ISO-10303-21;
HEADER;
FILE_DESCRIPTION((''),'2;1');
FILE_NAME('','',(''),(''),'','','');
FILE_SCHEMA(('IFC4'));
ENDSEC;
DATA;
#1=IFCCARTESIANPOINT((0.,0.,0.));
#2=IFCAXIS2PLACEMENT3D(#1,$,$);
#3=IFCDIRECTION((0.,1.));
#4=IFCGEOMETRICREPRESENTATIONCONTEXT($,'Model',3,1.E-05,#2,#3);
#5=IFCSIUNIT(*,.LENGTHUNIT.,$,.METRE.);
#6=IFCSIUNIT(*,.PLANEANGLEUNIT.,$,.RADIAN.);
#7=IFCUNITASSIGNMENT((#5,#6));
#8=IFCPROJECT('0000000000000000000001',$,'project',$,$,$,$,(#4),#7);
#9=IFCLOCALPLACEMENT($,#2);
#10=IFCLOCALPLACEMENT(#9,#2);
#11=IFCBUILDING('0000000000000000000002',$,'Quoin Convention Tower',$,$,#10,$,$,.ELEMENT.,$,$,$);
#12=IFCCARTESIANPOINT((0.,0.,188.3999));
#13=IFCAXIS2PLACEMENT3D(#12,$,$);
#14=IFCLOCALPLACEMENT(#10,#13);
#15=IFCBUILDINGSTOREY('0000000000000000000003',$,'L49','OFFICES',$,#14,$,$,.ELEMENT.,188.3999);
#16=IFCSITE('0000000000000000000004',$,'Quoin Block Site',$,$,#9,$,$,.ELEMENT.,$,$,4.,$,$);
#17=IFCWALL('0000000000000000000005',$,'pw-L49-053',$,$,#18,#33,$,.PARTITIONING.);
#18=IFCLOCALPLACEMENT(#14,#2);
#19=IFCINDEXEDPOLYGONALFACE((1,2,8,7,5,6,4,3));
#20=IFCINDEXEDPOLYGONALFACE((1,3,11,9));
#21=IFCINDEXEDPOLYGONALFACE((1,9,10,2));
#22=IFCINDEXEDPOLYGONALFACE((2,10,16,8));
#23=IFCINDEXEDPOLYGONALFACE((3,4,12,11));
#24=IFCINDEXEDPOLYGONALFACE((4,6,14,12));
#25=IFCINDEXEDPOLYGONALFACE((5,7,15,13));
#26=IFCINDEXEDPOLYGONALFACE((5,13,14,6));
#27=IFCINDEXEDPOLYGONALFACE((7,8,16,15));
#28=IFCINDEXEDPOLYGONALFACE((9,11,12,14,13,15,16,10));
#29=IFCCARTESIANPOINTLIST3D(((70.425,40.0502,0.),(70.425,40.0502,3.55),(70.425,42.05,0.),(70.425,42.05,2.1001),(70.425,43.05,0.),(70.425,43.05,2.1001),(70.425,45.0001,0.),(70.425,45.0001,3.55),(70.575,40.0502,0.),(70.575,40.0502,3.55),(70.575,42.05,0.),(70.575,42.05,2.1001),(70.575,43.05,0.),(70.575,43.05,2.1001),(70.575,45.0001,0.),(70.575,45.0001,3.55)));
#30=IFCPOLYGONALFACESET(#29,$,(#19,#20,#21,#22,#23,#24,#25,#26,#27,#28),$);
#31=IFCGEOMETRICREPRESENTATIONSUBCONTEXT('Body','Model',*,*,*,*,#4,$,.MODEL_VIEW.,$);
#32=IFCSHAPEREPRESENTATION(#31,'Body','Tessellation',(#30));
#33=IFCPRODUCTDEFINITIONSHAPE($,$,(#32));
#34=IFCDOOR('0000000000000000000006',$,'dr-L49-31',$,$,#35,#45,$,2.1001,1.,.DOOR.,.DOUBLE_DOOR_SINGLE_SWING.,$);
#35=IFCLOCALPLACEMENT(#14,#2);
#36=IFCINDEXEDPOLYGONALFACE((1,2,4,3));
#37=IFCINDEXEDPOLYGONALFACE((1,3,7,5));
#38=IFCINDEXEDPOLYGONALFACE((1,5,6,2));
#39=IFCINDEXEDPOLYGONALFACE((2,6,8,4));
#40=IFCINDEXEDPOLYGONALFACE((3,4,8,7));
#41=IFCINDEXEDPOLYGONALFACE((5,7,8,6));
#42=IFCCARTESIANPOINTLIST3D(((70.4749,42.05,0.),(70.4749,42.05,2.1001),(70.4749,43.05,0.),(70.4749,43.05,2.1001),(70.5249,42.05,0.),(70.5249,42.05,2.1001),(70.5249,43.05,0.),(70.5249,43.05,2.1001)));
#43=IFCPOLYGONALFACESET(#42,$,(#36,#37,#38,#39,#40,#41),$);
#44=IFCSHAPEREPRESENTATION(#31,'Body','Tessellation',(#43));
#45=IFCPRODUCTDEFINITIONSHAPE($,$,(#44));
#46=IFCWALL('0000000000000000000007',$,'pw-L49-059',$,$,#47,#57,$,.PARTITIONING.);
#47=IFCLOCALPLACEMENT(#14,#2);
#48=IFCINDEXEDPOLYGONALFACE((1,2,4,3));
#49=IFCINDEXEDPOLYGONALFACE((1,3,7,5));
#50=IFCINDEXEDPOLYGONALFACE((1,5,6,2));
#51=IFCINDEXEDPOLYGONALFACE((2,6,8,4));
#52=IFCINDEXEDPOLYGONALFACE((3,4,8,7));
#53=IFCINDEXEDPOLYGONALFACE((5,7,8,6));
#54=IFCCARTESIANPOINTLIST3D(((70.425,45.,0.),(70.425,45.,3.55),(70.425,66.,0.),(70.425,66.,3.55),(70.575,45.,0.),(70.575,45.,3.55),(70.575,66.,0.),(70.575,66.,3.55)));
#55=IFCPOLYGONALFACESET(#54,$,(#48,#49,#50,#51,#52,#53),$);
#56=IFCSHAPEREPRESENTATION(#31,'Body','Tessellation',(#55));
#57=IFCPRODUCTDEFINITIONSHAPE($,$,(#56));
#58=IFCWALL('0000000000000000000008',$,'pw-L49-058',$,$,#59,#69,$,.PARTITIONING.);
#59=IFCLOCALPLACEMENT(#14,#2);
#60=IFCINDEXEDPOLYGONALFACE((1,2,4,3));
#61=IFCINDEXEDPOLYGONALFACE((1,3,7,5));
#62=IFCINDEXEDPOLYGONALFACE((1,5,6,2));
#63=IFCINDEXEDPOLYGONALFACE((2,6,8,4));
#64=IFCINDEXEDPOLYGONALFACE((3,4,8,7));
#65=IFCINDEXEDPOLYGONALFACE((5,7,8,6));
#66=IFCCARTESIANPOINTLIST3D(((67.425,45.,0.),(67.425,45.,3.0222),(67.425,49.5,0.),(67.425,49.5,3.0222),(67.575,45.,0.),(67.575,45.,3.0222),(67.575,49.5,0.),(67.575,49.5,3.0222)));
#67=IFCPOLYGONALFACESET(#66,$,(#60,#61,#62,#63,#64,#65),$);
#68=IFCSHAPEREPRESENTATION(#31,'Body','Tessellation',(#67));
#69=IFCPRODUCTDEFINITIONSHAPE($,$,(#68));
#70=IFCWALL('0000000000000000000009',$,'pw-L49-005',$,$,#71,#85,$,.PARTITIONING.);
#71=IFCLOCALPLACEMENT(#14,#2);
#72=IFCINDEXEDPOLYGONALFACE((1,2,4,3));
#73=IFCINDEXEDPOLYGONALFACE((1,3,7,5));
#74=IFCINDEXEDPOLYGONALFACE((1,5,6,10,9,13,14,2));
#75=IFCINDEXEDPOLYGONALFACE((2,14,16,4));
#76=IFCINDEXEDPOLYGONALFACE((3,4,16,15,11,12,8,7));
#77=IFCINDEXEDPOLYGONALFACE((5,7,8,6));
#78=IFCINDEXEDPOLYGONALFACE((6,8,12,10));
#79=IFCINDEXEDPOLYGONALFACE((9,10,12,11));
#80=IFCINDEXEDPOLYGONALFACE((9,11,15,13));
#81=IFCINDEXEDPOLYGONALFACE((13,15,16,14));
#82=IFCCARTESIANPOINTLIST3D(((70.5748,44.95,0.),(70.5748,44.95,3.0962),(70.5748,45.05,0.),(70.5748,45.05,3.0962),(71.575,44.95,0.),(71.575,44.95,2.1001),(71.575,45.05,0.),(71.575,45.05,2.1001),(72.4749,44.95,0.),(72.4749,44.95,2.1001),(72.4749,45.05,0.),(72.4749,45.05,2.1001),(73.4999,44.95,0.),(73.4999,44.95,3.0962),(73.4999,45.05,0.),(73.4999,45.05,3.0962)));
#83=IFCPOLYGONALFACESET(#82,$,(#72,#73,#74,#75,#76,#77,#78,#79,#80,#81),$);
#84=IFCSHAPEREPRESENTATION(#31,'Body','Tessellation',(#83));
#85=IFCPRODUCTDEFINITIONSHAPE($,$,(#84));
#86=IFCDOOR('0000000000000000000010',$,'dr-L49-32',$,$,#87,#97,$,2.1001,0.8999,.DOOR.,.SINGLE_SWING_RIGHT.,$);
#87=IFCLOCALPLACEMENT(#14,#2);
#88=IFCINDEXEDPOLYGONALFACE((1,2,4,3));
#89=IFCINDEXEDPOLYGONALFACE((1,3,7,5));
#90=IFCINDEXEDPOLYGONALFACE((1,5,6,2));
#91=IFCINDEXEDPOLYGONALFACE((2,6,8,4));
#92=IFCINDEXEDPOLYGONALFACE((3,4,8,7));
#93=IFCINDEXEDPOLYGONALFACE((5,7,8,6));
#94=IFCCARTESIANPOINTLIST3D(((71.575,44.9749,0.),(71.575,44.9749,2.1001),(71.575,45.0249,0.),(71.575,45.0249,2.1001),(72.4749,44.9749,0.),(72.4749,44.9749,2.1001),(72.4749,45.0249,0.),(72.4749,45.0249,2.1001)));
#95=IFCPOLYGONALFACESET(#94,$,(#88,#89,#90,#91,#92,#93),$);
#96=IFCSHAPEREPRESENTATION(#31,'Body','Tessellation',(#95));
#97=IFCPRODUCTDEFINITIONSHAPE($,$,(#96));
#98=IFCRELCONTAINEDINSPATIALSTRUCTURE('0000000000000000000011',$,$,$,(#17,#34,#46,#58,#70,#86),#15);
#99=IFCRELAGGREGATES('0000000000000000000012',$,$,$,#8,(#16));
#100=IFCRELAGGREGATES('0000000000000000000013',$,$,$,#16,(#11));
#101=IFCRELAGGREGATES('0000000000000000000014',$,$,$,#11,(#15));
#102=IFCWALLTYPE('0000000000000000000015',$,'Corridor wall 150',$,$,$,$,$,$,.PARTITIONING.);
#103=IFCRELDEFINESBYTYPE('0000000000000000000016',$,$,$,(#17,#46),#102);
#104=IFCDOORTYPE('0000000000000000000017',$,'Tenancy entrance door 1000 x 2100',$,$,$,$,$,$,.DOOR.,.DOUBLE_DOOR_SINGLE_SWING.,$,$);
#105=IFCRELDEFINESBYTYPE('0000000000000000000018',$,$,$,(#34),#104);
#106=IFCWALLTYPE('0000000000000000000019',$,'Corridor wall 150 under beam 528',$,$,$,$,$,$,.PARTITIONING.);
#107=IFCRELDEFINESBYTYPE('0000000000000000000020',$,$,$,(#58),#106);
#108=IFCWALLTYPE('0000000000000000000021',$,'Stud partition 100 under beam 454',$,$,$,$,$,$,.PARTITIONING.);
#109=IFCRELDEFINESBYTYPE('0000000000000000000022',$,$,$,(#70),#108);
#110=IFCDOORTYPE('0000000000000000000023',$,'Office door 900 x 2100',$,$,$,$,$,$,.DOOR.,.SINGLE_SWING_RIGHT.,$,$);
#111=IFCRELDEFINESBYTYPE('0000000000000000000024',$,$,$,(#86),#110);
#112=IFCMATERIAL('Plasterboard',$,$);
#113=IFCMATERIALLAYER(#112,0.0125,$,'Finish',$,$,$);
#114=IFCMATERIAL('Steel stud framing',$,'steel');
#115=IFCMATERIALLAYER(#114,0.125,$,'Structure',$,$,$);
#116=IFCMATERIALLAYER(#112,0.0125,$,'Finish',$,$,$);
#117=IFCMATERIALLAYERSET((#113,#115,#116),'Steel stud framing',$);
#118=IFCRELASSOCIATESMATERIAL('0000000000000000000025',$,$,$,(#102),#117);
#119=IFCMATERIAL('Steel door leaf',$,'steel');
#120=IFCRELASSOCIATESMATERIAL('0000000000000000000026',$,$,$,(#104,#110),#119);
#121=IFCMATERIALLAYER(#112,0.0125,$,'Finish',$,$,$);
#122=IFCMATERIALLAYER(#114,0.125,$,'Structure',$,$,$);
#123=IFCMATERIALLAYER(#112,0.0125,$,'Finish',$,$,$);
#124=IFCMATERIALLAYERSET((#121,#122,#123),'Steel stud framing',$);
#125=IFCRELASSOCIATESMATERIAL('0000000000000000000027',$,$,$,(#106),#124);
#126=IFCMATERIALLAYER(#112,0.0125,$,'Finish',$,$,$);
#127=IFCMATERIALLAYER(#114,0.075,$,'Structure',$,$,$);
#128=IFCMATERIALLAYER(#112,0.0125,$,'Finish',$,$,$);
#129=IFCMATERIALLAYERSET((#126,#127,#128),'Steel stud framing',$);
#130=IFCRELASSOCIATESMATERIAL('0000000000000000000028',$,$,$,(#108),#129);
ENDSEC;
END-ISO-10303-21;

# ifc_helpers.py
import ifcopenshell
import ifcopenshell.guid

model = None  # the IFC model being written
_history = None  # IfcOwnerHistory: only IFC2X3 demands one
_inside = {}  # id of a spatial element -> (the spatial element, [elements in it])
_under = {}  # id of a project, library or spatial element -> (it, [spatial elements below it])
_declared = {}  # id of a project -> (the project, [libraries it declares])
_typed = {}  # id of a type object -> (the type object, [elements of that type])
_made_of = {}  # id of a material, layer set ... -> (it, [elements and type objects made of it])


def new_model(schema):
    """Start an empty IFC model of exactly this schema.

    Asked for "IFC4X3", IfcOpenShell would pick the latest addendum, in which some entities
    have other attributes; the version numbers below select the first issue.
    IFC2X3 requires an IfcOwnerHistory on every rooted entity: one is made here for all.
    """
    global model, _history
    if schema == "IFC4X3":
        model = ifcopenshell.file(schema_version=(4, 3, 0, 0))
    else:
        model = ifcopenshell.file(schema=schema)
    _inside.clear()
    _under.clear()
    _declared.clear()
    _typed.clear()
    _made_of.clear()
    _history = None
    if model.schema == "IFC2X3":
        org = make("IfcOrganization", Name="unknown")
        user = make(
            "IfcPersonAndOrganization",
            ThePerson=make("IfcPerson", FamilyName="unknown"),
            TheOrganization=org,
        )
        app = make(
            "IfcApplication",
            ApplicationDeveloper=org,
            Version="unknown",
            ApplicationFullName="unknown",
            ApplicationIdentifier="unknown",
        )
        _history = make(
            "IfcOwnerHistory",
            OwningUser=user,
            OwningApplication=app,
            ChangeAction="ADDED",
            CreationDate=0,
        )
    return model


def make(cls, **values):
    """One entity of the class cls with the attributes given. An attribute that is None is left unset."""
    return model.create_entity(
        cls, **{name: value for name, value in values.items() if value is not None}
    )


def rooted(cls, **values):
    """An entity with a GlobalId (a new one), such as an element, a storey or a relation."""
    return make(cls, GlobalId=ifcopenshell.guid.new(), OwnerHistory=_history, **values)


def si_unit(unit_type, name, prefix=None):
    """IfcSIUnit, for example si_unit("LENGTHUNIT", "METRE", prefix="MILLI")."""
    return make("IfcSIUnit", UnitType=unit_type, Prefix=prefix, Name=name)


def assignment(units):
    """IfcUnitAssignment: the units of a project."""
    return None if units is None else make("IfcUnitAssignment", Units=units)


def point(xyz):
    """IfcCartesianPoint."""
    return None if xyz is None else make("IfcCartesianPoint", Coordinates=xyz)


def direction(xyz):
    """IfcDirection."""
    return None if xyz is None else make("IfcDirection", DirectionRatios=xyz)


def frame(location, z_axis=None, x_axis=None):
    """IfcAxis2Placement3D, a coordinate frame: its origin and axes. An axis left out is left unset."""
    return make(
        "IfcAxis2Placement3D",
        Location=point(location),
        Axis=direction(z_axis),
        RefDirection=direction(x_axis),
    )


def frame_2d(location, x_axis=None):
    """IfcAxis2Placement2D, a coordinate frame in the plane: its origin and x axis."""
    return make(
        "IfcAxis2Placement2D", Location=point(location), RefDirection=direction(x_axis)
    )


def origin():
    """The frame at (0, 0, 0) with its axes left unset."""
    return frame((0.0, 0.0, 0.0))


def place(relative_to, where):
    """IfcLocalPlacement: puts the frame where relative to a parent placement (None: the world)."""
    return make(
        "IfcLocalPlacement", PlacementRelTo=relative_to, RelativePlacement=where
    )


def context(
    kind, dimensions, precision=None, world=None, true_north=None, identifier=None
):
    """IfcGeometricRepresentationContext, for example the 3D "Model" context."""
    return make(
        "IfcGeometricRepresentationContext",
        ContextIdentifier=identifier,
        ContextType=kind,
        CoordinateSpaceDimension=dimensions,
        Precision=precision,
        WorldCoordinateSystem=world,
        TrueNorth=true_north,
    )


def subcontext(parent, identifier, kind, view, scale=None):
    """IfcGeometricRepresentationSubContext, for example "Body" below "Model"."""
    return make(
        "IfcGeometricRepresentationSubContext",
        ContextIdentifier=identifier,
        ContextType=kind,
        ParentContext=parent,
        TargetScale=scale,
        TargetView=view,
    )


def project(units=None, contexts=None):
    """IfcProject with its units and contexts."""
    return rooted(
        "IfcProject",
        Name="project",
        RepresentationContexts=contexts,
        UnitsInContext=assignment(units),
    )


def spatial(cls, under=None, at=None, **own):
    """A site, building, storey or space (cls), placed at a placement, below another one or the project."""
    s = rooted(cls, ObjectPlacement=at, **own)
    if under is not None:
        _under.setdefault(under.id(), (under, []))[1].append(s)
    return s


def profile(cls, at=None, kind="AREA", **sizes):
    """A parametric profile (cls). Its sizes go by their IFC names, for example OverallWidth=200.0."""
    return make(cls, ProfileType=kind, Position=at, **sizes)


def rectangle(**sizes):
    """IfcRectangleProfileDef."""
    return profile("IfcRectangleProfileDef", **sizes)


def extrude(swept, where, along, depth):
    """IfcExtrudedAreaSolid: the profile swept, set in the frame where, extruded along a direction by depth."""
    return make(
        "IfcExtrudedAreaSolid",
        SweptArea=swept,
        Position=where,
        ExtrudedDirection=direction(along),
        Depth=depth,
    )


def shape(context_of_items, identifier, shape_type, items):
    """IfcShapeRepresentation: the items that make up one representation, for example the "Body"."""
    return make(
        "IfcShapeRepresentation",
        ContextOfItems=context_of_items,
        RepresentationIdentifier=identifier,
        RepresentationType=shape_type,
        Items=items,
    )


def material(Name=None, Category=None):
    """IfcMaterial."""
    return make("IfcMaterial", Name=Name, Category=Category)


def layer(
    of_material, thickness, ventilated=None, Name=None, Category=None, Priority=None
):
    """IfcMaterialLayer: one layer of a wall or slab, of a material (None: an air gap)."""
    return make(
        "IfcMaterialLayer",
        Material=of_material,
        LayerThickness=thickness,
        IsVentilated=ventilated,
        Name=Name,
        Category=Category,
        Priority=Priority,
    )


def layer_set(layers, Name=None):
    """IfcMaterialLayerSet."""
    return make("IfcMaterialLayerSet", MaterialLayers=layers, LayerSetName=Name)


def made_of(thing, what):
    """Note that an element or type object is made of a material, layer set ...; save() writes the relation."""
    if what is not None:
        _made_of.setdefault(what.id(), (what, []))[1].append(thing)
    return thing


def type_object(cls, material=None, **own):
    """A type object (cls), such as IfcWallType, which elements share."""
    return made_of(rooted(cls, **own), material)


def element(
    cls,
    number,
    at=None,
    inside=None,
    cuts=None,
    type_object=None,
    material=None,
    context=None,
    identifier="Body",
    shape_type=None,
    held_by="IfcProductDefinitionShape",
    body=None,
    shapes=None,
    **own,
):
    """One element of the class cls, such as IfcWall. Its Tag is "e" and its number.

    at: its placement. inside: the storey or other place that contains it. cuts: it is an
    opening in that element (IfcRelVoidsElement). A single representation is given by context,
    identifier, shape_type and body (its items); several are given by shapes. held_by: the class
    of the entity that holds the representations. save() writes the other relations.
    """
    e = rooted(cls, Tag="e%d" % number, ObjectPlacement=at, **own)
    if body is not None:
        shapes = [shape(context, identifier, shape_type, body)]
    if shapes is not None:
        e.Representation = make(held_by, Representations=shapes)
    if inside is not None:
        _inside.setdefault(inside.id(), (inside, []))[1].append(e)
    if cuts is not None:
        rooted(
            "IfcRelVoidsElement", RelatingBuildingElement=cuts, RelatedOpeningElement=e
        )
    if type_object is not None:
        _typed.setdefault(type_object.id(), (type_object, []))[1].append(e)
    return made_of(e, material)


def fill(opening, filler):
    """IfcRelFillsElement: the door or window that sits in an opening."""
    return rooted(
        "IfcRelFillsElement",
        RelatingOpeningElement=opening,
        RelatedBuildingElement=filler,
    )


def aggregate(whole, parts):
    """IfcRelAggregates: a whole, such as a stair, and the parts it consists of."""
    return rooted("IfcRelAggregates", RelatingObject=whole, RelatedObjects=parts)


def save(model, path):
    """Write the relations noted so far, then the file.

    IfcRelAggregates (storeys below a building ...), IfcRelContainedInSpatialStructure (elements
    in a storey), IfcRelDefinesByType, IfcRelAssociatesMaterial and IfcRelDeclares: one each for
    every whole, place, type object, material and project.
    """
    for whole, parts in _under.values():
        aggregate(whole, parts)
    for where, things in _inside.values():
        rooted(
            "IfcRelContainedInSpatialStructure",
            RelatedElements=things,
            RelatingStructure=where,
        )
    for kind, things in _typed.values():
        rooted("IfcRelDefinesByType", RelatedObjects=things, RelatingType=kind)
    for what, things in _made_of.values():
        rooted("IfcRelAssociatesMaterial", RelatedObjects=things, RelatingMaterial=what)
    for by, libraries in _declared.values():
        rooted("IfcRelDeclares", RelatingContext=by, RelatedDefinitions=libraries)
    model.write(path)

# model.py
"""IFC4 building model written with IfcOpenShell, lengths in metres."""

from ifc_helpers import new_model, si_unit, direction, frame, frame_2d, origin, place, context, subcontext, project, spatial, rectangle, extrude, material, layer, layer_set, type_object, element, fill, save


model = new_model("IFC4")

# Units and contexts
model_context = context("Model", 3, precision=1e-05, world=origin(), true_north=direction((0.0, 1.0)))
body_context = subcontext(model_context, "Body", "Model", "MODEL_VIEW")
ifc_project = project(units=[si_unit("LENGTHUNIT", "METRE"), si_unit("PLANEANGLEUNIT", "RADIAN")], contexts=[model_context])

# Site, building, storey
site_placement = place(None, origin())
site = spatial("IfcSite", under=ifc_project, at=site_placement, Name="Quoin Block Site", CompositionType="ELEMENT", RefElevation=4.0)
building_placement = place(site_placement, origin())
building = spatial("IfcBuilding", under=site, at=building_placement, Name="Quoin Convention Tower", CompositionType="ELEMENT")
storey_placement = place(building_placement, frame((0.0, 0.0, 188.3999)))
storey = spatial("IfcBuildingStorey", under=building, at=storey_placement, Name="L49", Description="OFFICES", CompositionType="ELEMENT", Elevation=188.3999)

# Wall, opening, door
ifc_material_1 = material(Name="Plasterboard")
ifc_layer_1 = layer(ifc_material_1, 0.0125, Name="Finish")
ifc_material_2 = material(Name="Steel stud framing", Category="steel")
ifc_layer_2 = layer(ifc_material_2, 0.125, Name="Structure")
ifc_layer_3 = layer(ifc_material_1, 0.0125, Name="Finish")
ifc_layer_set_1 = layer_set([ifc_layer_1, ifc_layer_2, ifc_layer_3], Name="Steel stud framing")
wall_type_1 = type_object("IfcWallType", Name="Corridor wall 150", PredefinedType="PARTITIONING", material=ifc_layer_set_1)
wall_1_placement = place(storey_placement, frame((70.5, 40.05, 0.0), z_axis=(0.0, 0.0, 1.0), x_axis=(0.0, 1.0, 0.0)))
wall_1 = element("IfcWall", 1, at=wall_1_placement, inside=storey, type_object=wall_type_1, Name="pw-L49-053", PredefinedType="PARTITIONING", context=body_context, shape_type="SweptSolid", body=[
    extrude(rectangle(XDim=4.95, YDim=0.1499, at=frame_2d((2.4751, 0.0))), origin(), (0.0, 0.0, 1.0), 3.55),
])
opening_1_placement = place(wall_1_placement, frame((2.0, 0.0, 0.0)))
opening_1 = element("IfcOpeningElement", 2, at=opening_1_placement, cuts=wall_1, PredefinedType="OPENING", context=body_context, shape_type="SweptSolid", body=[
    extrude(rectangle(XDim=1.0, YDim=2.1001, at=frame_2d((0.5, 1.05))), frame((0.0, 0.085, 0.0), z_axis=(0.0, -1.0, 0.0), x_axis=(1.0, 0.0, 0.0)), (0.0, 0.0, 1.0), 0.1699),
])
ifc_material_3 = material(Name="Steel door leaf", Category="steel")
door_type_1 = type_object("IfcDoorType", Name="Tenancy entrance door 1000 x 2100", OperationType="DOUBLE_DOOR_SINGLE_SWING", PredefinedType="DOOR", material=ifc_material_3)
door_1_placement = place(opening_1_placement, frame((1.0, 0.0, 0.0), z_axis=(0.0, 0.0, 1.0), x_axis=(-1.0, 0.0, 0.0)))
door_1 = element("IfcDoor", 3, at=door_1_placement, inside=storey, type_object=door_type_1, Name="dr-L49-31", OperationType="DOUBLE_DOOR_SINGLE_SWING", OverallHeight=2.1001, OverallWidth=1.0, PredefinedType="DOOR", context=body_context, shape_type="SweptSolid", body=[
    extrude(rectangle(XDim=1.0, YDim=2.1001, at=frame_2d((0.5, 1.05))), frame((0.0, 0.0249, 0.0), z_axis=(0.0, -1.0, 0.0), x_axis=(1.0, 0.0, 0.0)), (0.0, 0.0, 1.0), 0.05),
])
fill(opening_1, door_1)

# Walls
wall_2_placement = place(storey_placement, frame((70.5, 45.0, 0.0), z_axis=(0.0, 0.0, 1.0), x_axis=(0.0, 1.0, 0.0)))
element("IfcWall", 4, at=wall_2_placement, inside=storey, type_object=wall_type_1, Name="pw-L49-059", PredefinedType="PARTITIONING", context=body_context, shape_type="SweptSolid", body=[
    extrude(rectangle(XDim=21.0, YDim=0.1499, at=frame_2d((10.5, 0.0))), origin(), (0.0, 0.0, 1.0), 3.55),
])
ifc_layer_4 = layer(ifc_material_1, 0.0125, Name="Finish")
ifc_layer_5 = layer(ifc_material_2, 0.125, Name="Structure")
ifc_layer_6 = layer(ifc_material_1, 0.0125, Name="Finish")
ifc_layer_set_2 = layer_set([ifc_layer_4, ifc_layer_5, ifc_layer_6], Name="Steel stud framing")
wall_type_2 = type_object("IfcWallType", Name="Corridor wall 150 under beam 528", PredefinedType="PARTITIONING", material=ifc_layer_set_2)
wall_3_placement = place(storey_placement, frame((67.5, 45.0, 0.0), z_axis=(0.0, 0.0, 1.0), x_axis=(0.0, 1.0, 0.0)))
element("IfcWall", 5, at=wall_3_placement, inside=storey, type_object=wall_type_2, Name="pw-L49-058", PredefinedType="PARTITIONING", context=body_context, shape_type="SweptSolid", body=[
    extrude(rectangle(XDim=4.5, YDim=0.1499, at=frame_2d((2.25, 0.0))), origin(), (0.0, 0.0, 1.0), 3.0222),
])

# Wall, opening, door
ifc_layer_7 = layer(ifc_material_1, 0.0125, Name="Finish")
ifc_layer_8 = layer(ifc_material_2, 0.075, Name="Structure")
ifc_layer_9 = layer(ifc_material_1, 0.0125, Name="Finish")
ifc_layer_set_3 = layer_set([ifc_layer_7, ifc_layer_8, ifc_layer_9], Name="Steel stud framing")
wall_type_3 = type_object("IfcWallType", Name="Stud partition 100 under beam 454", PredefinedType="PARTITIONING", material=ifc_layer_set_3)
wall_4_placement = place(storey_placement, frame((70.575, 45.0, 0.0), z_axis=(0.0, 0.0, 1.0), x_axis=(1.0, 0.0, 0.0)))
wall_4 = element("IfcWall", 6, at=wall_4_placement, inside=storey, type_object=wall_type_3, Name="pw-L49-005", PredefinedType="PARTITIONING", context=body_context, shape_type="SweptSolid", body=[
    extrude(rectangle(XDim=2.925, YDim=0.1001, at=frame_2d((1.4624, 0.0))), origin(), (0.0, 0.0, 1.0), 3.0962),
])
opening_2_placement = place(wall_4_placement, frame((1.0, 0.0, 0.0)))
opening_2 = element("IfcOpeningElement", 7, at=opening_2_placement, cuts=wall_4, PredefinedType="OPENING", context=body_context, shape_type="SweptSolid", body=[
    extrude(rectangle(XDim=0.8999, YDim=2.1001, at=frame_2d((0.45, 1.05))), frame((0.0, 0.0601, 0.0), z_axis=(0.0, -1.0, 0.0), x_axis=(1.0, 0.0, 0.0)), (0.0, 0.0, 1.0), 0.1201),
])
door_type_2 = type_object("IfcDoorType", Name="Office door 900 x 2100", OperationType="SINGLE_SWING_RIGHT", PredefinedType="DOOR", material=ifc_material_3)
door_2_placement = place(opening_2_placement, origin())
door_2 = element("IfcDoor", 8, at=door_2_placement, inside=storey, type_object=door_type_2, Name="dr-L49-32", OperationType="SINGLE_SWING_RIGHT", OverallHeight=2.1001, OverallWidth=0.8999, PredefinedType="DOOR", context=body_context, shape_type="SweptSolid", body=[
    extrude(rectangle(XDim=0.8999, YDim=2.1001, at=frame_2d((0.45, 1.05))), frame((0.0, 0.0249, 0.0), z_axis=(0.0, -1.0, 0.0), x_axis=(1.0, 0.0, 0.0)), (0.0, 0.0, 1.0), 0.05),
])
fill(opening_2, door_2)

save(model, "model.ifc")
